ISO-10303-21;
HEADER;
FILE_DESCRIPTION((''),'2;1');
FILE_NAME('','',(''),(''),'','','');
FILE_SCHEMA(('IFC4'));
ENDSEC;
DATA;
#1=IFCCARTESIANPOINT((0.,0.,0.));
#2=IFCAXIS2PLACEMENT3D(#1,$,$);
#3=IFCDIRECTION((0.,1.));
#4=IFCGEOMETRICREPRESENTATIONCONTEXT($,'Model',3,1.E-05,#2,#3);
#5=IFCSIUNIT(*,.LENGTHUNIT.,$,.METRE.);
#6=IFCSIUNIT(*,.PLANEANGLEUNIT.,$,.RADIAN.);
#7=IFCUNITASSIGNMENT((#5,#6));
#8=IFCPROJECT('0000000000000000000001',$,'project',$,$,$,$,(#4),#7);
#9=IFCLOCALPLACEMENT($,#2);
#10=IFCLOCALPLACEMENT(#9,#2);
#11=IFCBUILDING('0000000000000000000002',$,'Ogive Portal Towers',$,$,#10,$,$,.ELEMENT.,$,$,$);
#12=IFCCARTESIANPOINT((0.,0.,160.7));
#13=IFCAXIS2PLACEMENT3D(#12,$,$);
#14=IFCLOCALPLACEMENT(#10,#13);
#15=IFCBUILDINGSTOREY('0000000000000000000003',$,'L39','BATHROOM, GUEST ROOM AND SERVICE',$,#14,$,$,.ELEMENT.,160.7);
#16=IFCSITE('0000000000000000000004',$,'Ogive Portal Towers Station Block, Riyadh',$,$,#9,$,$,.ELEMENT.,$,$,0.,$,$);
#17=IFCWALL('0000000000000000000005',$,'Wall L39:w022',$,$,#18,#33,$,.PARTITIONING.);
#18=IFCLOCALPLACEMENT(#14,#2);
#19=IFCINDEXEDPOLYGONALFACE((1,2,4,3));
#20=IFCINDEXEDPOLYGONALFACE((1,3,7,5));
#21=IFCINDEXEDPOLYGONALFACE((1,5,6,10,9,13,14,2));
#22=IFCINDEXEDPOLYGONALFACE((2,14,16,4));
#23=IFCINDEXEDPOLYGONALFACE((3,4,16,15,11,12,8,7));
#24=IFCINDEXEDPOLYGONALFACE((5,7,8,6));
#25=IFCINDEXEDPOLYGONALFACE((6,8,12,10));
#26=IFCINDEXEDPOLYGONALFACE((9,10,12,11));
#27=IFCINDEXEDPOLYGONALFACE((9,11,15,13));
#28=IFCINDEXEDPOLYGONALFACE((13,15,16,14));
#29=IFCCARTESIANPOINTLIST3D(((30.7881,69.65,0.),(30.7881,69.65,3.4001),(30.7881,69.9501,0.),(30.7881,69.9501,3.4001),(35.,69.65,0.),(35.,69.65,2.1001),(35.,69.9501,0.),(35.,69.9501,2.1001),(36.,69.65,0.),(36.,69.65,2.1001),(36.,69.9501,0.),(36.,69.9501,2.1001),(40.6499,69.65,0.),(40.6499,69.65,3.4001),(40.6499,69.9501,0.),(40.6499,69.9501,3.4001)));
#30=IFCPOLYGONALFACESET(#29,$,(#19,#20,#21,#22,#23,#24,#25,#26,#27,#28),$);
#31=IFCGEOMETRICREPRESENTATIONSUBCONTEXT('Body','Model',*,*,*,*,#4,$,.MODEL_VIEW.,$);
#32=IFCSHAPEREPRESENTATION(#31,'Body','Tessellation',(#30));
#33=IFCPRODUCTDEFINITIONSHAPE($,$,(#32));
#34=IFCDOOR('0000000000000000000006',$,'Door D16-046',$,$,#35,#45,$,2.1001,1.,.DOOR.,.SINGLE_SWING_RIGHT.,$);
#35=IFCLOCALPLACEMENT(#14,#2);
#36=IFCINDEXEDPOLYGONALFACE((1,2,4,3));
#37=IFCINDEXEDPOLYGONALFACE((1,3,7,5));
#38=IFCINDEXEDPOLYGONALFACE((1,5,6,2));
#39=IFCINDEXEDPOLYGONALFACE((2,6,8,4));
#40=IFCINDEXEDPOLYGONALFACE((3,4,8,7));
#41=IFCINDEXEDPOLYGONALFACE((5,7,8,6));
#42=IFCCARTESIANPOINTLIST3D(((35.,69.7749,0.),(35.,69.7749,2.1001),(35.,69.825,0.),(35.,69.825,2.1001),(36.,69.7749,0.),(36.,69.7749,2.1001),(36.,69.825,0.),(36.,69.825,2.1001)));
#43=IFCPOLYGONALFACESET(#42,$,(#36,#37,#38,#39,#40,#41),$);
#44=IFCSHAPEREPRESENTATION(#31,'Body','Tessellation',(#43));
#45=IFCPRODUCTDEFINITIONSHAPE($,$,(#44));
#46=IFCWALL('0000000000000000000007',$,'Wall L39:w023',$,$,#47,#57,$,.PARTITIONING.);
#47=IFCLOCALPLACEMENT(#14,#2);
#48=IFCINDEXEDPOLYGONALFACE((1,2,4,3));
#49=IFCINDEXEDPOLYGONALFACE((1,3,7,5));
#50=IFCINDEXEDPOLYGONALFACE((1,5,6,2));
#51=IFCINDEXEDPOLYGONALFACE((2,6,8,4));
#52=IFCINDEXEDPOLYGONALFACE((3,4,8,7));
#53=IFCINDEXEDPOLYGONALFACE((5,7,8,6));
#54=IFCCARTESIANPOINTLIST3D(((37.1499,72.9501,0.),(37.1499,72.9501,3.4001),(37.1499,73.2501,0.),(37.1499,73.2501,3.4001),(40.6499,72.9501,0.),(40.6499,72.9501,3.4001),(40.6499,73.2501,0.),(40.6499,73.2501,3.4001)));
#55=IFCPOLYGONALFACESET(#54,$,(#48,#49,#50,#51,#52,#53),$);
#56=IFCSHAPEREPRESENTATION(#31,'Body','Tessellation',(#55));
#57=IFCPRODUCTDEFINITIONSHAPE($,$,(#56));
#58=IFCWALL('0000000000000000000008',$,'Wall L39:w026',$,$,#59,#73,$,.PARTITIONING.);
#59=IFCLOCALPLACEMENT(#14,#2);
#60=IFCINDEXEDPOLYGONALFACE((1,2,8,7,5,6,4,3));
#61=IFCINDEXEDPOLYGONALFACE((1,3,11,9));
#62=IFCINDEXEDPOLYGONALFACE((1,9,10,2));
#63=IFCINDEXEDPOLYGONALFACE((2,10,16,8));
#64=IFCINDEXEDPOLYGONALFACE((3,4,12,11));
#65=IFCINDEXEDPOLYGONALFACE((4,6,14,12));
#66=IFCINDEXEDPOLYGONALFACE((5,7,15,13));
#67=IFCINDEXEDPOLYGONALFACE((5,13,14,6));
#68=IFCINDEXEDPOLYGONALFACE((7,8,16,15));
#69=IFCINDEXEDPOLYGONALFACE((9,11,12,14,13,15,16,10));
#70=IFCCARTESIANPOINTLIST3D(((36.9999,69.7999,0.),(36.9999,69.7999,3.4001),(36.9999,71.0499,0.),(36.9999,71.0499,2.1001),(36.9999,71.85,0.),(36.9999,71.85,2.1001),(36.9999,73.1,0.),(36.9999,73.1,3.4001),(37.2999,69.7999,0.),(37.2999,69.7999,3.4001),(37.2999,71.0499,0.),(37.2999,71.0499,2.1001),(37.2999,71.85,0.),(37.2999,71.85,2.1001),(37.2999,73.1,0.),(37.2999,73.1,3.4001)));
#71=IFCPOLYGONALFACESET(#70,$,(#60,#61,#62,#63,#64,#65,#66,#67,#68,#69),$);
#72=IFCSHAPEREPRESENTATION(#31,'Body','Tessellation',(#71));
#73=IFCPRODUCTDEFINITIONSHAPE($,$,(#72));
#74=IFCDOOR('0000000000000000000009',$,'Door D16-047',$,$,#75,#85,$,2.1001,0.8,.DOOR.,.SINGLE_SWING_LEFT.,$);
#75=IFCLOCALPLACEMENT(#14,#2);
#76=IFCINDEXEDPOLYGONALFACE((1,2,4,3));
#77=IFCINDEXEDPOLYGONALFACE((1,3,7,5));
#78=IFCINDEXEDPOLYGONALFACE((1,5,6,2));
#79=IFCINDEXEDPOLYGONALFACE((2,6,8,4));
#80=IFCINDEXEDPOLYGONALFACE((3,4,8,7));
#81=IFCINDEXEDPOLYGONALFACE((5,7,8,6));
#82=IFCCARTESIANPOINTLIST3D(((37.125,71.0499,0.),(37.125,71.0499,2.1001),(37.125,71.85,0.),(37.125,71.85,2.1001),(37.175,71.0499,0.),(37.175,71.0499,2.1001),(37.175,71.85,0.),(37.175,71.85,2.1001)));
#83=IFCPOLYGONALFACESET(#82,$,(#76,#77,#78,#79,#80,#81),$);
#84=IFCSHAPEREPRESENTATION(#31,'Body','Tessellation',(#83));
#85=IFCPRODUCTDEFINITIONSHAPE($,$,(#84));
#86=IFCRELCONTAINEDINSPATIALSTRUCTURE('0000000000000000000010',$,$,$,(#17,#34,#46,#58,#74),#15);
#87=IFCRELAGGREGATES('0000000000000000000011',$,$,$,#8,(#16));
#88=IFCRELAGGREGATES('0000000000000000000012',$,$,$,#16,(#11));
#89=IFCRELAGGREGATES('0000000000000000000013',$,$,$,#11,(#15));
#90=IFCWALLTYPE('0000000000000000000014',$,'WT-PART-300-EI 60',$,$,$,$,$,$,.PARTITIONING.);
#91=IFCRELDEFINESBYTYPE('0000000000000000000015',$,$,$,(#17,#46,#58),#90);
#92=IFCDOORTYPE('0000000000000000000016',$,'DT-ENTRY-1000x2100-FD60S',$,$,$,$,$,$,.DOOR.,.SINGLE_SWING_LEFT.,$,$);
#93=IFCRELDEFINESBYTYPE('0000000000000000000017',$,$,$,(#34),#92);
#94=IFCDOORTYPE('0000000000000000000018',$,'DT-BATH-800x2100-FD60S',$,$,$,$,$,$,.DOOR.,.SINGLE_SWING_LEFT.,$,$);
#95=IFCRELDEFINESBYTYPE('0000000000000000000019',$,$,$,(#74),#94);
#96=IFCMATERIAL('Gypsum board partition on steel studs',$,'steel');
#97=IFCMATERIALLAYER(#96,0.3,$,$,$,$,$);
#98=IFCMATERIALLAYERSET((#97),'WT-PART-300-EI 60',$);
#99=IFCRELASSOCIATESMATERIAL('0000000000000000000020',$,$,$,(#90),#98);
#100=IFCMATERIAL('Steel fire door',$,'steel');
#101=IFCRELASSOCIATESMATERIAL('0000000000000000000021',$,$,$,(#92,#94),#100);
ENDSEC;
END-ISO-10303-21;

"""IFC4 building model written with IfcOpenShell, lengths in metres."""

from ifc_helpers import new_model, si_unit, direction, frame, frame_2d, origin, place, context, subcontext, project, spatial, rectangle, extrude, material, layer, layer_set, type_object, element, fill, save


model = new_model("IFC4")

# Units and contexts
model_context = context("Model", 3, precision=1e-05, world=origin(), true_north=direction((0.0, 1.0)))
body_context = subcontext(model_context, "Body", "Model", "MODEL_VIEW")
ifc_project = project(units=[si_unit("LENGTHUNIT", "METRE"), si_unit("PLANEANGLEUNIT", "RADIAN")], contexts=[model_context])

# Site, building, storey
site_placement = place(None, origin())
site = spatial("IfcSite", under=ifc_project, at=site_placement, Name="Ogive Portal Towers Station Block, Riyadh", CompositionType="ELEMENT", RefElevation=0.0)
building_placement = place(site_placement, origin())
building = spatial("IfcBuilding", under=site, at=building_placement, Name="Ogive Portal Towers", CompositionType="ELEMENT")
storey_placement = place(building_placement, frame((0.0, 0.0, 160.7)))
storey = spatial("IfcBuildingStorey", under=building, at=storey_placement, Name="L39", Description="BATHROOM, GUEST ROOM AND SERVICE", CompositionType="ELEMENT", Elevation=160.7)

# Wall, opening, door
ifc_material_1 = material(Name="Gypsum board partition on steel studs", Category="steel")
ifc_layer_1 = layer(ifc_material_1, 0.3)
ifc_layer_set_1 = layer_set([ifc_layer_1], Name="WT-PART-300-EI 60")
wall_type_1 = type_object("IfcWallType", Name="WT-PART-300-EI 60", PredefinedType="PARTITIONING", material=ifc_layer_set_1)
wall_1_placement = place(storey_placement, frame((30.7881, 69.8, 0.0), z_axis=(0.0, 0.0, 1.0), x_axis=(1.0, 0.0, 0.0)))
wall_1 = element("IfcWall", 1, at=wall_1_placement, inside=storey, type_object=wall_type_1, Name="Wall L39:w022", PredefinedType="PARTITIONING", context=body_context, shape_type="SweptSolid", body=[
    extrude(rectangle(XDim=9.8618, YDim=0.3, at=frame_2d((4.9309, 0.0))), origin(), (0.0, 0.0, 1.0), 3.4001),
])
opening_1_placement = place(wall_1_placement, frame((4.2119, 0.0, 0.0)))
opening_1 = element("IfcOpeningElement", 2, at=opening_1_placement, cuts=wall_1, PredefinedType="OPENING", context=body_context, shape_type="SweptSolid", body=[
    extrude(rectangle(XDim=1.0, YDim=2.1001, at=frame_2d((0.5, 1.05))), frame((0.0, 0.1602, 0.0), z_axis=(0.0, -1.0, 0.0), x_axis=(1.0, 0.0, 0.0)), (0.0, 0.0, 1.0), 0.3201),
])
ifc_material_2 = material(Name="Steel fire door", Category="steel")
door_type_1 = type_object("IfcDoorType", Name="DT-ENTRY-1000x2100-FD60S", OperationType="SINGLE_SWING_LEFT", PredefinedType="DOOR", material=ifc_material_2)
door_1_placement = place(opening_1_placement, origin())
door_1 = element("IfcDoor", 3, at=door_1_placement, inside=storey, type_object=door_type_1, Name="Door D16-046", OperationType="SINGLE_SWING_RIGHT", OverallHeight=2.1001, OverallWidth=1.0, PredefinedType="DOOR", context=body_context, shape_type="SweptSolid", body=[
    extrude(rectangle(XDim=1.0, YDim=2.1001, at=frame_2d((0.5, 1.05))), frame((0.0, 0.0249, 0.0), z_axis=(0.0, -1.0, 0.0), x_axis=(1.0, 0.0, 0.0)), (0.0, 0.0, 1.0), 0.05),
])
fill(opening_1, door_1)

# Wall
wall_2_placement = place(storey_placement, frame((37.1499, 73.1001, 0.0), z_axis=(0.0, 0.0, 1.0), x_axis=(1.0, 0.0, 0.0)))
element("IfcWall", 4, at=wall_2_placement, inside=storey, type_object=wall_type_1, Name="Wall L39:w023", PredefinedType="PARTITIONING", context=body_context, shape_type="SweptSolid", body=[
    extrude(rectangle(XDim=3.5, YDim=0.3, at=frame_2d((1.75, 0.0))), origin(), (0.0, 0.0, 1.0), 3.4001),
])

# Wall, opening, door
wall_3_placement = place(storey_placement, frame((37.1499, 69.8, 0.0), z_axis=(0.0, 0.0, 1.0), x_axis=(0.0, 1.0, 0.0)))
wall_3 = element("IfcWall", 5, at=wall_3_placement, inside=storey, type_object=wall_type_1, Name="Wall L39:w026", PredefinedType="PARTITIONING", context=body_context, shape_type="SweptSolid", body=[
    extrude(rectangle(XDim=3.3, YDim=0.3, at=frame_2d((1.6499, 0.0))), origin(), (0.0, 0.0, 1.0), 3.4001),
])
opening_2_placement = place(wall_3_placement, frame((1.25, 0.0, 0.0)))
opening_2 = element("IfcOpeningElement", 6, at=opening_2_placement, cuts=wall_3, PredefinedType="OPENING", context=body_context, shape_type="SweptSolid", body=[
    extrude(rectangle(XDim=0.8, YDim=2.1001, at=frame_2d((0.3999, 1.05))), frame((0.0, 0.1602, 0.0), z_axis=(0.0, -1.0, 0.0), x_axis=(1.0, 0.0, 0.0)), (0.0, 0.0, 1.0), 0.3201),
])
door_type_2 = type_object("IfcDoorType", Name="DT-BATH-800x2100-FD60S", OperationType="SINGLE_SWING_LEFT", PredefinedType="DOOR", material=ifc_material_2)
door_2_placement = place(opening_2_placement, origin())
door_2 = element("IfcDoor", 7, at=door_2_placement, inside=storey, type_object=door_type_2, Name="Door D16-047", OperationType="SINGLE_SWING_LEFT", OverallHeight=2.1001, OverallWidth=0.8, PredefinedType="DOOR", context=body_context, shape_type="SweptSolid", body=[
    extrude(rectangle(XDim=0.8, YDim=2.1001, at=frame_2d((0.3999, 1.05))), frame((0.0, 0.0249, 0.0), z_axis=(0.0, -1.0, 0.0), x_axis=(1.0, 0.0, 0.0)), (0.0, 0.0, 1.0), 0.05),
])
fill(opening_2, door_2)

save(model, "model.ifc")
